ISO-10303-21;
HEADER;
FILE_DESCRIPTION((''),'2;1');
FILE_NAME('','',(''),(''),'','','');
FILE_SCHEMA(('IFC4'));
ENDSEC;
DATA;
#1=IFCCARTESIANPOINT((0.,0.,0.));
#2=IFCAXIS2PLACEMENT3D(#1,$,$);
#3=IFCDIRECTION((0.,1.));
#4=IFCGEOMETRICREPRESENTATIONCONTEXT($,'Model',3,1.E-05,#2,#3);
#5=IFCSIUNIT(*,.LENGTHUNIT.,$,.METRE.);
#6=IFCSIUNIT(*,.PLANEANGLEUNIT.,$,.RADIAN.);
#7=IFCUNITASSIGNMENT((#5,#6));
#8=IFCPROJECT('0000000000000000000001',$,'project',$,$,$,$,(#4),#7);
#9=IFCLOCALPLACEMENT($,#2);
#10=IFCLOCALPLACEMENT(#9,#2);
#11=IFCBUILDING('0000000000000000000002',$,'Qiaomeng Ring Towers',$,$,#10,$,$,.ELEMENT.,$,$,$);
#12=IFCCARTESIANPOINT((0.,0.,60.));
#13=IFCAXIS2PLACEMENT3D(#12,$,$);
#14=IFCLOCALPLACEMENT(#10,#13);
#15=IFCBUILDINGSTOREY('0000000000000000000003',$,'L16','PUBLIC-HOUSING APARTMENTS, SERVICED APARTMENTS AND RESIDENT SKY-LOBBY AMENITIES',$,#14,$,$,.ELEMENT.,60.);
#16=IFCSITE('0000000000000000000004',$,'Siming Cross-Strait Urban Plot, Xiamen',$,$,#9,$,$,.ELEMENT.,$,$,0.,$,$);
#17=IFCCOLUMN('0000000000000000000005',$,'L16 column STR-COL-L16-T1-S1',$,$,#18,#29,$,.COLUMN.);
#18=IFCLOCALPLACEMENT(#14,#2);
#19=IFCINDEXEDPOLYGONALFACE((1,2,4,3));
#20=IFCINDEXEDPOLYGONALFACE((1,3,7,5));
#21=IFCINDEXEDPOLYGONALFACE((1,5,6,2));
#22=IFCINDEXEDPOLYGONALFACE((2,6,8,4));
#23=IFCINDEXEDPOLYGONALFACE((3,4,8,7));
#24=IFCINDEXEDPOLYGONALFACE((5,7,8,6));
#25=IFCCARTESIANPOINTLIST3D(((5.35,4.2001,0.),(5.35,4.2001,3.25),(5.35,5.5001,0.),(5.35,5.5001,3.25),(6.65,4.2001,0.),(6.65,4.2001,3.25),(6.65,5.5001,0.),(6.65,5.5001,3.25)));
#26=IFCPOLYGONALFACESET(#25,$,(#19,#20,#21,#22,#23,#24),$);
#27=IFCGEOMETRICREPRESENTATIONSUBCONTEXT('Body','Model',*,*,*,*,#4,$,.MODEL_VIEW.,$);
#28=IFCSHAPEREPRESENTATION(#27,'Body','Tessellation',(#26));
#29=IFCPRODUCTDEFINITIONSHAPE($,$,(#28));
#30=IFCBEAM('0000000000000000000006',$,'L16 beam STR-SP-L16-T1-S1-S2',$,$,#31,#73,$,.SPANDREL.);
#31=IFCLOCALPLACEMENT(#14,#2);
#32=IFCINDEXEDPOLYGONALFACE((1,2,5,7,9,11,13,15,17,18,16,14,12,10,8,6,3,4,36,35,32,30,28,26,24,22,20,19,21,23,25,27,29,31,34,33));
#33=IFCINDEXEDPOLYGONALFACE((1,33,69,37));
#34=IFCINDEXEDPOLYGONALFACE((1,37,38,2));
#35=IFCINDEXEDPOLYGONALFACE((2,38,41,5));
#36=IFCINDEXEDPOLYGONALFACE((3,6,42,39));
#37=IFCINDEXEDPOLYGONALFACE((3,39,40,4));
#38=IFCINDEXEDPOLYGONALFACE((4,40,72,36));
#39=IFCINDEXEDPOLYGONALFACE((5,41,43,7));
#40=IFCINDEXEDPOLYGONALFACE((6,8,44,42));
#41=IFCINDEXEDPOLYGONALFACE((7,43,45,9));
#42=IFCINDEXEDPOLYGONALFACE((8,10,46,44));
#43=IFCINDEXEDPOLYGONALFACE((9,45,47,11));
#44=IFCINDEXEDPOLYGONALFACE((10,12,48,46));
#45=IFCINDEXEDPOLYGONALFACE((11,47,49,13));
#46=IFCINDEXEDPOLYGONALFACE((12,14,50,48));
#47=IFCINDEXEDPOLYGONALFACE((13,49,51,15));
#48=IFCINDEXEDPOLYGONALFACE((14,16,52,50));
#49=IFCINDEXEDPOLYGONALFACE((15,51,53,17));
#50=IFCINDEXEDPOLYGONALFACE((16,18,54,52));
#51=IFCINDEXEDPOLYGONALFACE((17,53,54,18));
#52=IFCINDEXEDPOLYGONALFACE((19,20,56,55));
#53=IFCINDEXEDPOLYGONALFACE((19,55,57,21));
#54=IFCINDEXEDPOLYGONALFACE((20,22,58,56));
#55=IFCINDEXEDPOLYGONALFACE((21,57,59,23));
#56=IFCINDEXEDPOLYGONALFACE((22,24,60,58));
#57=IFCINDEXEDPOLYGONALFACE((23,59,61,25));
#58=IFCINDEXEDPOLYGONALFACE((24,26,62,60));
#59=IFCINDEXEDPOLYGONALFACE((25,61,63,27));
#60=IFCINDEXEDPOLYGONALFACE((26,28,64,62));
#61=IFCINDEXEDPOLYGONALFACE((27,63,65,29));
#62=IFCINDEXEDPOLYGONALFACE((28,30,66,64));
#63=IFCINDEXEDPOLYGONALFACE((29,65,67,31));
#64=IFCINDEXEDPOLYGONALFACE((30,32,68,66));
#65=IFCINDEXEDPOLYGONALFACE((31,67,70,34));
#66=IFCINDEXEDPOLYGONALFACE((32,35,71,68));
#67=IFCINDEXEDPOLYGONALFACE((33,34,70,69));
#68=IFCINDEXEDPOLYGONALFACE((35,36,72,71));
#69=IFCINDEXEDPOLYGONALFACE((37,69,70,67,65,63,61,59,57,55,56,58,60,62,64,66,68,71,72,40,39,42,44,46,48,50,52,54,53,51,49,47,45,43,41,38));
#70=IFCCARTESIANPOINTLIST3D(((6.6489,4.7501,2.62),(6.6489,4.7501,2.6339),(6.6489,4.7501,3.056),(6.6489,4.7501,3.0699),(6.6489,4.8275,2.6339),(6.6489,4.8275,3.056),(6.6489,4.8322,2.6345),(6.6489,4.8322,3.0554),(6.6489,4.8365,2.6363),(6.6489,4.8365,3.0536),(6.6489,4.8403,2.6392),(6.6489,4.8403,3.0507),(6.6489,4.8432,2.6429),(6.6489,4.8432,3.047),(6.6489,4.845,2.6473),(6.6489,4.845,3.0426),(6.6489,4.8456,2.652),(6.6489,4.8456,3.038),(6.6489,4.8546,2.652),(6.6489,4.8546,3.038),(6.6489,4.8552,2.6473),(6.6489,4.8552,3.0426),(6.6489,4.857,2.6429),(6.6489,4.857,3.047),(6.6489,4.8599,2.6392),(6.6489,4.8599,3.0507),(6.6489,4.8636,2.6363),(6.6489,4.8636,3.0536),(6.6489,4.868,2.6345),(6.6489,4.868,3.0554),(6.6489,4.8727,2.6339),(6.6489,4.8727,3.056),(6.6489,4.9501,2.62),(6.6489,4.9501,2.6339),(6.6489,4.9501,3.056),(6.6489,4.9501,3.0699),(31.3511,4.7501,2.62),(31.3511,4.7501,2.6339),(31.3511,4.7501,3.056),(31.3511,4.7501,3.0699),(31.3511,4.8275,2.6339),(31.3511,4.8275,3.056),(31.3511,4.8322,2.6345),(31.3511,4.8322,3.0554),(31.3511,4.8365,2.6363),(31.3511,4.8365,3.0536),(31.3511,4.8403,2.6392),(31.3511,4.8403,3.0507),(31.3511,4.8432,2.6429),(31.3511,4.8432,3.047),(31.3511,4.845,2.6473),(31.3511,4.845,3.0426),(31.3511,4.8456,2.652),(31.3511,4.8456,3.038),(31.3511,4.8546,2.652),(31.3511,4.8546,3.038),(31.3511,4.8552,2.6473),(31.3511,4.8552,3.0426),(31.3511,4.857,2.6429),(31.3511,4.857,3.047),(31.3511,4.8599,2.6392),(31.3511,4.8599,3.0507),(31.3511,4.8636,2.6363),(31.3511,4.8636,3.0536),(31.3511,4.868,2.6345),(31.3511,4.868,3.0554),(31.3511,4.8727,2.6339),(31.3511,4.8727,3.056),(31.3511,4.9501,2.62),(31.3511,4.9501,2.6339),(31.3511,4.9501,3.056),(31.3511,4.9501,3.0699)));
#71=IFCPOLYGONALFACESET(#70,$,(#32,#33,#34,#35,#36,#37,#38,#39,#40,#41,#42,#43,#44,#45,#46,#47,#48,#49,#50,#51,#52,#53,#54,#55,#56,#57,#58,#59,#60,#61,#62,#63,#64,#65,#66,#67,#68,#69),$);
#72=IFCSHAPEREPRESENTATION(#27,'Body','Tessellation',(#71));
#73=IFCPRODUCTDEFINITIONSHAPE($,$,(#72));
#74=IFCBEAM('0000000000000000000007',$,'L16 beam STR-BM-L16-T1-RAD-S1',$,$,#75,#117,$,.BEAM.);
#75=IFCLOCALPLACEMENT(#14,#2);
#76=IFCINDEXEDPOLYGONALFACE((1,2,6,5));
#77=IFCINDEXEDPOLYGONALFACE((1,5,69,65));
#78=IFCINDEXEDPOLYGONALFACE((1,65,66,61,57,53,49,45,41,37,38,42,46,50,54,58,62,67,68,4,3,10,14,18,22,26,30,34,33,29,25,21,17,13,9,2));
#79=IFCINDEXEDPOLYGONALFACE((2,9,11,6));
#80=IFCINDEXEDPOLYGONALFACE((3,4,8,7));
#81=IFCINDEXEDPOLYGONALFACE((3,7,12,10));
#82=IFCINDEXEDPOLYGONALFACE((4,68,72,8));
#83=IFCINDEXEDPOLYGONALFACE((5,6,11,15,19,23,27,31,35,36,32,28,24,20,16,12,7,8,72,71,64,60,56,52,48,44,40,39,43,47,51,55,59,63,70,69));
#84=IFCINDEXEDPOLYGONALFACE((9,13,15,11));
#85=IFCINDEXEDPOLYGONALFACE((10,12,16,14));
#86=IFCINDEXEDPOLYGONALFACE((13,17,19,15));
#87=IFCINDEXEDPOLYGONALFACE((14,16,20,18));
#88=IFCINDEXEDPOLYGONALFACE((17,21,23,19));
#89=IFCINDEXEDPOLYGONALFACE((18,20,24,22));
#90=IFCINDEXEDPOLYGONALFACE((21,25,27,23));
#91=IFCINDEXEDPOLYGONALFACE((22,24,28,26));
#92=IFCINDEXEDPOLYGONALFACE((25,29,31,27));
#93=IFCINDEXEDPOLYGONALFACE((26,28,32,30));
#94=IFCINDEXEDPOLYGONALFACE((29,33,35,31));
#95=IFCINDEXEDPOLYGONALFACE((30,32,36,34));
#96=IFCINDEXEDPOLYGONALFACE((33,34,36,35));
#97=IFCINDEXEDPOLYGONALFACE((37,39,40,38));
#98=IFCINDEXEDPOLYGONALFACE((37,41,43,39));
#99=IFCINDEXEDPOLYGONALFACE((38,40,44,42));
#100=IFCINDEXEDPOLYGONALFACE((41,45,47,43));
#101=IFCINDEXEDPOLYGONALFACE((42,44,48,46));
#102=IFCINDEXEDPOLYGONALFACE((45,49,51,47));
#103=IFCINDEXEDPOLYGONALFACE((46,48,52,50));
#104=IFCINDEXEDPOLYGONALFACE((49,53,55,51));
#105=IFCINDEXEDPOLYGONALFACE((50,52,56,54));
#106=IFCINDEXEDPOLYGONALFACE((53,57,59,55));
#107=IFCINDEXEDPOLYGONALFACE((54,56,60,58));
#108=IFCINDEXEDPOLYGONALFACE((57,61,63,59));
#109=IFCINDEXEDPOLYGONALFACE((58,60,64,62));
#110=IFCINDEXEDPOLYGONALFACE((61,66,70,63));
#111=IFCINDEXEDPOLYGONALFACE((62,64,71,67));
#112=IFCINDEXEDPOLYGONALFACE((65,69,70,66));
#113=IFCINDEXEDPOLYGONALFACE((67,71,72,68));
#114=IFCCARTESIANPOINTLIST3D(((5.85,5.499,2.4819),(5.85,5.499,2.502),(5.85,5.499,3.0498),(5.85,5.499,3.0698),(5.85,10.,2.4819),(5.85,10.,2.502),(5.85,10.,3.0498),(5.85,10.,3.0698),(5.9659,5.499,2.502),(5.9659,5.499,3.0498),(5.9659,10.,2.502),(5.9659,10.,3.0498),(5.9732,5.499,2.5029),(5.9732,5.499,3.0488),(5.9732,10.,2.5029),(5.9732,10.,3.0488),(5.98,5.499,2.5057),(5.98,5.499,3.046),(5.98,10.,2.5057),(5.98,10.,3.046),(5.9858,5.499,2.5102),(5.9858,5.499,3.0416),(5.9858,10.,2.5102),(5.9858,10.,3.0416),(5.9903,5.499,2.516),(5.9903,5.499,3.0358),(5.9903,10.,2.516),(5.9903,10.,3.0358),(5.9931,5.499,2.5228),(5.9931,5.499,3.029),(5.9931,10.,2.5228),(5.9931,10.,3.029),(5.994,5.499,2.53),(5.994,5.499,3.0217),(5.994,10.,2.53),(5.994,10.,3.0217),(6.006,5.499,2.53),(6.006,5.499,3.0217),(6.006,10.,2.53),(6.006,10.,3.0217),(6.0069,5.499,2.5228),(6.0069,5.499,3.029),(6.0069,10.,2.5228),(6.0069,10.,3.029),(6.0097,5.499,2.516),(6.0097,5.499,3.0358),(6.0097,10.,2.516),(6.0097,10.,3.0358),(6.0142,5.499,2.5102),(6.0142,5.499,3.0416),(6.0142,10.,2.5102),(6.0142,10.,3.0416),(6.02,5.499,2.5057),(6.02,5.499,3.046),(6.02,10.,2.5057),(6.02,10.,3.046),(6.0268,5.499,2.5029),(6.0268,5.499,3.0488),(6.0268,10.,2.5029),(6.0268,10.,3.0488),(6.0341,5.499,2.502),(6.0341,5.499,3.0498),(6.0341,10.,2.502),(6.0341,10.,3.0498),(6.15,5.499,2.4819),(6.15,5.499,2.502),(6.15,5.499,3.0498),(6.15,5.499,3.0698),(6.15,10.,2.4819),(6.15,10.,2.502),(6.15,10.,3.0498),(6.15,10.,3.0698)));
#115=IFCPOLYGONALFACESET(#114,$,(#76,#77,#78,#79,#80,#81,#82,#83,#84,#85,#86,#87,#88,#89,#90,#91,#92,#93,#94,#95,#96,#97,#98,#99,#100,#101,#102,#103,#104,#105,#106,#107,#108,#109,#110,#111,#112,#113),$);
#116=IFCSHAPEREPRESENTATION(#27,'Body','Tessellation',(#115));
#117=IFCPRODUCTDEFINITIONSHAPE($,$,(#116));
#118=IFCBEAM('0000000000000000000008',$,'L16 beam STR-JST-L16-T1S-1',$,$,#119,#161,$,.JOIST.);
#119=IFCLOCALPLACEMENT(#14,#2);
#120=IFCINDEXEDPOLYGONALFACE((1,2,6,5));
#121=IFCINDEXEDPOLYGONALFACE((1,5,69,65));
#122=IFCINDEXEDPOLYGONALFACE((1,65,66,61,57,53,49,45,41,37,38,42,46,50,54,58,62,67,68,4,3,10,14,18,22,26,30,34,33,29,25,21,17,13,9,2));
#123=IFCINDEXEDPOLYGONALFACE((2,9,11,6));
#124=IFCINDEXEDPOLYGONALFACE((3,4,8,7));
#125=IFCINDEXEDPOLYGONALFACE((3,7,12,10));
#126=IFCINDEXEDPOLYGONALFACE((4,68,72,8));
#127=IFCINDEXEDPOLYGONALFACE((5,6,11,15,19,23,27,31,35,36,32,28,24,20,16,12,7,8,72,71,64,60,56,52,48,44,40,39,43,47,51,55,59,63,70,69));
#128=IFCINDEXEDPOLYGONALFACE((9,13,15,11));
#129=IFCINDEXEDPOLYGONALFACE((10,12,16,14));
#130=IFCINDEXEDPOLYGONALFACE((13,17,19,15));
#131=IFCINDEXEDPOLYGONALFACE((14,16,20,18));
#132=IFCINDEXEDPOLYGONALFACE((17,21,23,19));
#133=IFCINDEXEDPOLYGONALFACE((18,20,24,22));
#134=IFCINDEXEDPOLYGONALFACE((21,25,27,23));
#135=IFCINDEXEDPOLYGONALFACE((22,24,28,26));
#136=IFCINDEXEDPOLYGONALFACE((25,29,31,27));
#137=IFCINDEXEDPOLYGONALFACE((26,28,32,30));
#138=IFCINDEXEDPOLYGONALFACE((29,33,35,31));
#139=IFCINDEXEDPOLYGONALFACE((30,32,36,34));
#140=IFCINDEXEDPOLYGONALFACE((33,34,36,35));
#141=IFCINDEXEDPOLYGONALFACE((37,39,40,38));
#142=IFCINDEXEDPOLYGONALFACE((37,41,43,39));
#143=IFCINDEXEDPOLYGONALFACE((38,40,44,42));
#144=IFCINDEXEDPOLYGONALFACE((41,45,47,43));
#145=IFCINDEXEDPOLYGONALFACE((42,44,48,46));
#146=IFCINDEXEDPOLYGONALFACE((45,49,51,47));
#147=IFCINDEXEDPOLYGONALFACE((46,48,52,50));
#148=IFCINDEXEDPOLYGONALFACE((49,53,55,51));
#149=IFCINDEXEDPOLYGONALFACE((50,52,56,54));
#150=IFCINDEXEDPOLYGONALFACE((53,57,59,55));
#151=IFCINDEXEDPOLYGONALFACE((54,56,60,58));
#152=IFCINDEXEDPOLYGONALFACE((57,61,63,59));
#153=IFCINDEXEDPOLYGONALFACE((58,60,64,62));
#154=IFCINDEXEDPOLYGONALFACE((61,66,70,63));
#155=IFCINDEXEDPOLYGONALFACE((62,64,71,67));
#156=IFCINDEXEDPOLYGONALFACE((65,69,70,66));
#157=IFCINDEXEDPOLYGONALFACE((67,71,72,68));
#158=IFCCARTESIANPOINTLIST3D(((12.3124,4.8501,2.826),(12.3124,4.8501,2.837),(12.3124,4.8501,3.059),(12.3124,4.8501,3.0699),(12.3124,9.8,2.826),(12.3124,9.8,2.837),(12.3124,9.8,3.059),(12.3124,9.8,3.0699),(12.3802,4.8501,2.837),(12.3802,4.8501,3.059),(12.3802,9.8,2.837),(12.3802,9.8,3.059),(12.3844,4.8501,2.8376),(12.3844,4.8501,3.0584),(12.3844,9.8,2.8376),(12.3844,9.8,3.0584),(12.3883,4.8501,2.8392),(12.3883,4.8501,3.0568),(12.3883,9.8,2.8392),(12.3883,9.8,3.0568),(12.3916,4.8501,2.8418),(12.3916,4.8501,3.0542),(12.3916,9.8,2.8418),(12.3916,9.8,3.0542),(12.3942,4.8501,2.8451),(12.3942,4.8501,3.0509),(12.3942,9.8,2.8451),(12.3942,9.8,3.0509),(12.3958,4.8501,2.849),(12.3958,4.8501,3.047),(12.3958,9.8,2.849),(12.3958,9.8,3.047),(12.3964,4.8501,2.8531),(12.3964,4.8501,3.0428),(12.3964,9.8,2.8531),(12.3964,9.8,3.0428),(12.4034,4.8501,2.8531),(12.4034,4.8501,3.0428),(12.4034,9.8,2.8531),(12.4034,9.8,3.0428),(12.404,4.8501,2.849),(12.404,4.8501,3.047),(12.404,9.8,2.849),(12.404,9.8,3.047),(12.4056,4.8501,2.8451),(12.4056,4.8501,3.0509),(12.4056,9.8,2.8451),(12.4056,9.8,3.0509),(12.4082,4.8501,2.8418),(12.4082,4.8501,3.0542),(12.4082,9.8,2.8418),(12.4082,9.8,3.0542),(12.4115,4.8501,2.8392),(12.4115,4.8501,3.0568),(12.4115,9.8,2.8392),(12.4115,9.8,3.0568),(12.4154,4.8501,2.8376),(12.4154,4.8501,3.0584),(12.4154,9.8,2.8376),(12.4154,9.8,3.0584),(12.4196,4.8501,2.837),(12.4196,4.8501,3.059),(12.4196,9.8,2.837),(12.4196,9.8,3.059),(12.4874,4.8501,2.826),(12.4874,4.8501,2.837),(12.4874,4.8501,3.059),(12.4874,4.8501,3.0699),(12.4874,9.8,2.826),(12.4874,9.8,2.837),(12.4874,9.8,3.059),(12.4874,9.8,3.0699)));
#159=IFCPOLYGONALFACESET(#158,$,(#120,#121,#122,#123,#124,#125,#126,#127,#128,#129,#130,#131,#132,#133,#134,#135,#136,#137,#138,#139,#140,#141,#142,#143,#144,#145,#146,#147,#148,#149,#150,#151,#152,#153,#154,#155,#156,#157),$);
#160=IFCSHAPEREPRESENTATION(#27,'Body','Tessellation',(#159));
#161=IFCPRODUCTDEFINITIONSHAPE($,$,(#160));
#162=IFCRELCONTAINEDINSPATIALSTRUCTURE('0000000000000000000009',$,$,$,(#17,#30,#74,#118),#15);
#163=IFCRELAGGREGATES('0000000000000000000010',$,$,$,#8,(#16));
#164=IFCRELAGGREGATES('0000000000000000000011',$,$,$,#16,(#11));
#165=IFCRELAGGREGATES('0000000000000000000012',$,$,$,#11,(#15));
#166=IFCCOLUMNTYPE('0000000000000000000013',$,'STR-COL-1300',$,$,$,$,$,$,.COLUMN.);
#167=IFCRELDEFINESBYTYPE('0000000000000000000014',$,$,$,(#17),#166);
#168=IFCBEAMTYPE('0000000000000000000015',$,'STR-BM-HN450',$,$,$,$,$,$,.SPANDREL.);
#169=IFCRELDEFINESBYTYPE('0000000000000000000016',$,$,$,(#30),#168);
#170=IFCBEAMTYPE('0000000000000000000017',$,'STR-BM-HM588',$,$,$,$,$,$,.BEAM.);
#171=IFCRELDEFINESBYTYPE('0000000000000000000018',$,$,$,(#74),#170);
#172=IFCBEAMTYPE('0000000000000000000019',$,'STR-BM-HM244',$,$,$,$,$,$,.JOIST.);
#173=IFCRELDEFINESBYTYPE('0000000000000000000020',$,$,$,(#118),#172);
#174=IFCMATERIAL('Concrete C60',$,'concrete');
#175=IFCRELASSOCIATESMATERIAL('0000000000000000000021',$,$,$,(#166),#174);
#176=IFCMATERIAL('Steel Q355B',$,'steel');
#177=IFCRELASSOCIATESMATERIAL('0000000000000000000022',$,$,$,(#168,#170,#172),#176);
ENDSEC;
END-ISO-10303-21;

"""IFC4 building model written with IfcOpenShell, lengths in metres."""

from ifc_helpers import new_model, si_unit, direction, frame, origin, origin_2d, place, context, subcontext, project, spatial, rectangle, i_section, extrude, source, transform, mapped, material, material_profile, profile_set, type_object, element, save


model = new_model("IFC4")

# Units and contexts
model_context = context("Model", 3, precision=1e-05, world=origin(), true_north=direction((0.0, 1.0)))
body_context = subcontext(model_context, "Body", "Model", "MODEL_VIEW")
ifc_project = project(units=[si_unit("LENGTHUNIT", "METRE"), si_unit("PLANEANGLEUNIT", "RADIAN")], contexts=[model_context])

# Site, building, storey
site_placement = place(None, origin())
site = spatial("IfcSite", under=ifc_project, at=site_placement, Name="Siming Cross-Strait Urban Plot, Xiamen", CompositionType="ELEMENT", RefElevation=0.0)
building_placement = place(site_placement, origin())
building = spatial("IfcBuilding", under=site, at=building_placement, Name="Qiaomeng Ring Towers", CompositionType="ELEMENT")
storey_placement = place(building_placement, frame((0.0, 0.0, 60.0)))
storey = spatial("IfcBuildingStorey", under=building, at=storey_placement, Name="L16", Description="PUBLIC-HOUSING APARTMENTS, SERVICED APARTMENTS AND RESIDENT SKY-LOBBY AMENITIES", CompositionType="ELEMENT", Elevation=60.0)

# Column
ifc_material_1 = material(Name="Concrete C60", Category="concrete")
ifc_material_profile_1 = material_profile(ifc_material_1, rectangle(XDim=1.3, YDim=1.3, at=origin_2d()), Name="RC COL 1300x1300")
ifc_profile_set_1 = profile_set([ifc_material_profile_1], Name="Concrete C60")
column_type = type_object("IfcColumnType", Name="STR-COL-1300", PredefinedType="COLUMN", material=ifc_profile_set_1)
shared_shape_1 = source(origin(), body_context, "Body", "SweptSolid", [
    extrude(rectangle(XDim=1.3, YDim=1.3, at=origin_2d()), origin(), (0.0, 0.0, 1.0), 3.25),
])
column_placement = place(storey_placement, frame((6.0, 4.8501, 0.0), z_axis=(0.0, 0.0, 1.0), x_axis=(1.0, 0.0, 0.0)))
element("IfcColumn", 1, at=column_placement, inside=storey, type_object=column_type, Name="L16 column STR-COL-L16-T1-S1", PredefinedType="COLUMN", context=body_context, shape_type="MappedRepresentation", body=[
    mapped(shared_shape_1, transform((0.0, 0.0, 0.0), x_axis=(1.0, 0.0, 0.0), y_axis=(0.0, 1.0, 0.0), z_axis=(0.0, 0.0, 1.0), scale=1.0)),
])

# Beams
ifc_material_2 = material(Name="Steel Q355B", Category="steel")
ifc_material_profile_2 = material_profile(ifc_material_2, i_section(OverallWidth=0.2, OverallDepth=0.45, WebThickness=0.009, FlangeThickness=0.0139, FilletRadius=0.0181, at=origin_2d()), Name="HN 450x200x9x14")
ifc_profile_set_2 = profile_set([ifc_material_profile_2], Name="Steel Q355B")
beam_type_1 = type_object("IfcBeamType", Name="STR-BM-HN450", PredefinedType="SPANDREL", material=ifc_profile_set_2)
shared_shape_2 = source(origin(), body_context, "Body", "SweptSolid", [
    extrude(i_section(OverallWidth=0.2, OverallDepth=0.45, WebThickness=0.009, FlangeThickness=0.0139, FilletRadius=0.0181, at=origin_2d()), origin(), (0.0, 0.0, 1.0), 24.7021),
])
beam_1_placement = place(storey_placement, frame((6.6489, 4.8501, 2.845), z_axis=(1.0, 0.0, 0.0), x_axis=(0.0, 1.0, 0.0)))
element("IfcBeam", 2, at=beam_1_placement, inside=storey, type_object=beam_type_1, Name="L16 beam STR-SP-L16-T1-S1-S2", PredefinedType="SPANDREL", context=body_context, shape_type="MappedRepresentation", body=[
    mapped(shared_shape_2, transform((0.0, 0.0, 0.0), x_axis=(1.0, 0.0, 0.0), y_axis=(0.0, 1.0, 0.0), z_axis=(0.0, 0.0, 1.0), scale=1.0)),
])
ifc_material_profile_3 = material_profile(ifc_material_2, i_section(OverallWidth=0.3, OverallDepth=0.5879, WebThickness=0.012, FlangeThickness=0.02, FilletRadius=0.0281, at=origin_2d()), Name="HM 588x300x12x20")
ifc_profile_set_3 = profile_set([ifc_material_profile_3], Name="Steel Q355B")
beam_type_2 = type_object("IfcBeamType", Name="STR-BM-HM588", PredefinedType="BEAM", material=ifc_profile_set_3)
shared_shape_3 = source(origin(), body_context, "Body", "SweptSolid", [
    extrude(i_section(OverallWidth=0.3, OverallDepth=0.5879, WebThickness=0.012, FlangeThickness=0.02, FilletRadius=0.0281, at=origin_2d()), origin(), (0.0, 0.0, 1.0), 4.501),
])
beam_2_placement = place(storey_placement, frame((6.0, 5.499, 2.7759), z_axis=(0.0, 1.0, 0.0), x_axis=(-1.0, 0.0, 0.0)))
element("IfcBeam", 3, at=beam_2_placement, inside=storey, type_object=beam_type_2, Name="L16 beam STR-BM-L16-T1-RAD-S1", PredefinedType="BEAM", context=body_context, shape_type="MappedRepresentation", body=[
    mapped(shared_shape_3, transform((0.0, 0.0, 0.0), x_axis=(1.0, 0.0, 0.0), y_axis=(0.0, 1.0, 0.0), z_axis=(0.0, 0.0, 1.0), scale=1.0)),
])
ifc_material_profile_4 = material_profile(ifc_material_2, i_section(OverallWidth=0.175, OverallDepth=0.2439, WebThickness=0.0071, FlangeThickness=0.011, FilletRadius=0.0161, at=origin_2d()), Name="HM 244x175x7x11")
ifc_profile_set_4 = profile_set([ifc_material_profile_4], Name="Steel Q355B")
beam_type_3 = type_object("IfcBeamType", Name="STR-BM-HM244", PredefinedType="JOIST", material=ifc_profile_set_4)
shared_shape_4 = source(origin(), body_context, "Body", "SweptSolid", [
    extrude(i_section(OverallWidth=0.175, OverallDepth=0.2439, WebThickness=0.0071, FlangeThickness=0.011, FilletRadius=0.0161, at=origin_2d()), origin(), (0.0, 0.0, 1.0), 4.95),
])
beam_3_placement = place(storey_placement, frame((12.3999, 4.8501, 2.948), z_axis=(0.0, 1.0, 0.0), x_axis=(-1.0, 0.0, 0.0)))
element("IfcBeam", 4, at=beam_3_placement, inside=storey, type_object=beam_type_3, Name="L16 beam STR-JST-L16-T1S-1", PredefinedType="JOIST", context=body_context, shape_type="MappedRepresentation", body=[
    mapped(shared_shape_4, transform((0.0, 0.0, 0.0), x_axis=(1.0, 0.0, 0.0), y_axis=(0.0, 1.0, 0.0), z_axis=(0.0, 0.0, 1.0), scale=1.0)),
])

save(model, "model.ifc")
